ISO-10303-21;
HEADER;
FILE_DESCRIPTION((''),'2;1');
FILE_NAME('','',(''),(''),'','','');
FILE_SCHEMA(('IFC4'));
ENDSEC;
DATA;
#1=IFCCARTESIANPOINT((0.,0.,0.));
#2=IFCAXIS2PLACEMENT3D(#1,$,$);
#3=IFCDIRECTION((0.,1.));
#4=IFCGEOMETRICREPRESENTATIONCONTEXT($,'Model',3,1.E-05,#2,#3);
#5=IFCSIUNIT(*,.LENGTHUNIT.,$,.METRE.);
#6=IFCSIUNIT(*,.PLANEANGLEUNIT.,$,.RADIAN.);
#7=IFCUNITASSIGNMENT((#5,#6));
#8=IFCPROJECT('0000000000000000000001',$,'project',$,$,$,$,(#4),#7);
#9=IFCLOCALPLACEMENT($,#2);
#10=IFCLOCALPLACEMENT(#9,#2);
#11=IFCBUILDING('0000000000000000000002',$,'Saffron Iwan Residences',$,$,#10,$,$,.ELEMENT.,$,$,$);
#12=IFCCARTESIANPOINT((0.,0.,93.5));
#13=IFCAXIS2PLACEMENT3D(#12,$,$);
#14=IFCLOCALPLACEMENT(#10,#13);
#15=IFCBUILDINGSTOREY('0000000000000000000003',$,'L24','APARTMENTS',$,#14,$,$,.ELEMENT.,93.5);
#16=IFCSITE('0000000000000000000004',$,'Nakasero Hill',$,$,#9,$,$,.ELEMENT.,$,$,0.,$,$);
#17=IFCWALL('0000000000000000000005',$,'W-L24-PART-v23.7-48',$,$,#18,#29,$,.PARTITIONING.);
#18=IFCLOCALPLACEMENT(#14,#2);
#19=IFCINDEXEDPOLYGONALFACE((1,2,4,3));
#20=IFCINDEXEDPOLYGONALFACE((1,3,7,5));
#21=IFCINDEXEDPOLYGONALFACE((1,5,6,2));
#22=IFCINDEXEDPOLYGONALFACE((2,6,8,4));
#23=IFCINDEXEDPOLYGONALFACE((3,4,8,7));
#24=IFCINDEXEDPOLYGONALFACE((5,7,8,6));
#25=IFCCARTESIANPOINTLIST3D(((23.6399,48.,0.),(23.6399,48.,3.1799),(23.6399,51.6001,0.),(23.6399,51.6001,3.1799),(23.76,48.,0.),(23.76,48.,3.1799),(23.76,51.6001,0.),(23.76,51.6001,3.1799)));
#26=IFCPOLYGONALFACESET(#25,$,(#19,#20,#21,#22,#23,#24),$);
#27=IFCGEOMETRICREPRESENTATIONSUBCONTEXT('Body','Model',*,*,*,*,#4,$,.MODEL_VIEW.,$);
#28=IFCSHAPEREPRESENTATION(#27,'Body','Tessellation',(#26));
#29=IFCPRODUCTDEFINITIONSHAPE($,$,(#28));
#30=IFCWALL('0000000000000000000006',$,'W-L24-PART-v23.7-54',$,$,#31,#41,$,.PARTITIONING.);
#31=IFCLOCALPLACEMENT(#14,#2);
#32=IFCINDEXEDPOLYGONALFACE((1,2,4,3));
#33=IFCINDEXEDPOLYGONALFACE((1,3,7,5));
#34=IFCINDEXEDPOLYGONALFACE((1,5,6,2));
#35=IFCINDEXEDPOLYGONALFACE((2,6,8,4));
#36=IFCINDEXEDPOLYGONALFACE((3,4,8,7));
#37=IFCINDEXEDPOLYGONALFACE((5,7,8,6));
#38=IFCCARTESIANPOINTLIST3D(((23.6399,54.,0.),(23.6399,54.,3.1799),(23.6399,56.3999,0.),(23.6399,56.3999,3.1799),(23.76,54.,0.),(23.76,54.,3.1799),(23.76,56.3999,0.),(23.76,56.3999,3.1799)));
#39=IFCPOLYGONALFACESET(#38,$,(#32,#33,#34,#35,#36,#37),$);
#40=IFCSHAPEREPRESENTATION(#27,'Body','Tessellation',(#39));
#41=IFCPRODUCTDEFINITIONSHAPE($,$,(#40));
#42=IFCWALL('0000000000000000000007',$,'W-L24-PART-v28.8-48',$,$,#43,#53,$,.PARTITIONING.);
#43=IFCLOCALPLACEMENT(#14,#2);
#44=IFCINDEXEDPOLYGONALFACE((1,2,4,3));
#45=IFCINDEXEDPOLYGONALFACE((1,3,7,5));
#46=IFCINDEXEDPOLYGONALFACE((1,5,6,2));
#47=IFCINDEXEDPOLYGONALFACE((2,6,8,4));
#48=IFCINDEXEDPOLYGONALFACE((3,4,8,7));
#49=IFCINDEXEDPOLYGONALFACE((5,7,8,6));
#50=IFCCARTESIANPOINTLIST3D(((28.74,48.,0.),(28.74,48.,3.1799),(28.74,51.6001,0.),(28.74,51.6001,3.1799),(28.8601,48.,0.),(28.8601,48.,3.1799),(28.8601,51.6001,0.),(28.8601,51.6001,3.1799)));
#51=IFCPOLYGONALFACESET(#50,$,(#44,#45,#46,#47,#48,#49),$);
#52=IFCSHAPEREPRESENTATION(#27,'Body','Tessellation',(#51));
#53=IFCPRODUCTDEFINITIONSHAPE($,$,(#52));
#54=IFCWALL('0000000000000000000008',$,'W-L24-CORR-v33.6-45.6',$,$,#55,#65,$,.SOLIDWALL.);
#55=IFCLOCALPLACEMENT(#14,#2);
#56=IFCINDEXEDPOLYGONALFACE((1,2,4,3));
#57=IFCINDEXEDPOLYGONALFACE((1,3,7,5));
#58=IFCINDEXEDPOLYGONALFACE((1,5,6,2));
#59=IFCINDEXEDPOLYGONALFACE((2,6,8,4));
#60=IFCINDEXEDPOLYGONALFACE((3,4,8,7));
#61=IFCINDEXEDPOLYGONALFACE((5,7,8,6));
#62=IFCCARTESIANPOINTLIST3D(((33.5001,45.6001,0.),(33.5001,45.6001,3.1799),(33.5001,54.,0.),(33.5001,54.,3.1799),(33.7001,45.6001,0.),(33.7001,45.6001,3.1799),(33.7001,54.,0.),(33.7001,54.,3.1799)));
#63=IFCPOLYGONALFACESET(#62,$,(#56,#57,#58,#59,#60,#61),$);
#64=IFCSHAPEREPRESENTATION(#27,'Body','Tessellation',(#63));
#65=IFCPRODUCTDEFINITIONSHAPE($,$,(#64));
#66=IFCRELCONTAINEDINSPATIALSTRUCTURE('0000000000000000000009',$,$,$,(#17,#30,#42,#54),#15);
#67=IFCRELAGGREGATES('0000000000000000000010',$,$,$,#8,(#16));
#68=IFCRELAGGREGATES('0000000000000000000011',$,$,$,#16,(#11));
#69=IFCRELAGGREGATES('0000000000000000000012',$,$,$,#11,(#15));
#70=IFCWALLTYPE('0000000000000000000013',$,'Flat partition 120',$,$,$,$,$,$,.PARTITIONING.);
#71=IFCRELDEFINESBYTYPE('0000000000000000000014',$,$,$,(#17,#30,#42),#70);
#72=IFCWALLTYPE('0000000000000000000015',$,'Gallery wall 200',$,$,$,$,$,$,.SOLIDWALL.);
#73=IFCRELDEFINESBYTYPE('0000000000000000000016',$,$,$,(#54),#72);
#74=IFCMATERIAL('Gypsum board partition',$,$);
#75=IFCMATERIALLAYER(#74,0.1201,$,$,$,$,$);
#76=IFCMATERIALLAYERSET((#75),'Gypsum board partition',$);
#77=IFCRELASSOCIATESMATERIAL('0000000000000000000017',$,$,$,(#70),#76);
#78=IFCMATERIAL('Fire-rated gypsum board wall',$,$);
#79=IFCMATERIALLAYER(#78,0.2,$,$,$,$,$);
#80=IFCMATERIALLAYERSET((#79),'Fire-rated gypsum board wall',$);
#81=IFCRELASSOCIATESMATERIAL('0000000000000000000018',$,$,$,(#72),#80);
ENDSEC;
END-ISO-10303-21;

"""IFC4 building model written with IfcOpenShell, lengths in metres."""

from ifc_helpers import new_model, si_unit, direction, frame, frame_2d, origin, place, context, subcontext, project, spatial, rectangle, extrude, material, layer, layer_set, type_object, element, save


model = new_model("IFC4")

# Units and contexts
model_context = context("Model", 3, precision=1e-05, world=origin(), true_north=direction((0.0, 1.0)))
body_context = subcontext(model_context, "Body", "Model", "MODEL_VIEW")
ifc_project = project(units=[si_unit("LENGTHUNIT", "METRE"), si_unit("PLANEANGLEUNIT", "RADIAN")], contexts=[model_context])

# Site, building, storey
site_placement = place(None, origin())
site = spatial("IfcSite", under=ifc_project, at=site_placement, Name="Nakasero Hill", CompositionType="ELEMENT", RefElevation=0.0)
building_placement = place(site_placement, origin())
building = spatial("IfcBuilding", under=site, at=building_placement, Name="Saffron Iwan Residences", CompositionType="ELEMENT")
storey_placement = place(building_placement, frame((0.0, 0.0, 93.5)))
storey = spatial("IfcBuildingStorey", under=building, at=storey_placement, Name="L24", Description="APARTMENTS", CompositionType="ELEMENT", Elevation=93.5)

# Shared definitions
ifc_material_1 = material(Name="Gypsum board partition")
ifc_layer_1 = layer(ifc_material_1, 0.1201)
ifc_layer_set_1 = layer_set([ifc_layer_1], Name="Gypsum board partition")
wall_type_1 = type_object("IfcWallType", Name="Flat partition 120", PredefinedType="PARTITIONING", material=ifc_layer_set_1)

# Walls
wall_1_placement = place(storey_placement, frame((23.7, 48.0, 0.0), z_axis=(0.0, 0.0, 1.0), x_axis=(0.0, 1.0, 0.0)))
element("IfcWall", 1, at=wall_1_placement, inside=storey, type_object=wall_type_1, Name="W-L24-PART-v23.7-48", PredefinedType="PARTITIONING", context=body_context, shape_type="SweptSolid", body=[
    extrude(rectangle(XDim=3.6001, YDim=0.1201, at=frame_2d((1.8, 0.0))), origin(), (0.0, 0.0, 1.0), 3.1799),
])
wall_2_placement = place(storey_placement, frame((23.7, 54.0, 0.0), z_axis=(0.0, 0.0, 1.0), x_axis=(0.0, 1.0, 0.0)))
element("IfcWall", 2, at=wall_2_placement, inside=storey, type_object=wall_type_1, Name="W-L24-PART-v23.7-54", PredefinedType="PARTITIONING", context=body_context, shape_type="SweptSolid", body=[
    extrude(rectangle(XDim=2.3999, YDim=0.1201, at=frame_2d((1.2, 0.0))), origin(), (0.0, 0.0, 1.0), 3.1799),
])
wall_3_placement = place(storey_placement, frame((28.8, 48.0, 0.0), z_axis=(0.0, 0.0, 1.0), x_axis=(0.0, 1.0, 0.0)))
element("IfcWall", 3, at=wall_3_placement, inside=storey, type_object=wall_type_1, Name="W-L24-PART-v28.8-48", PredefinedType="PARTITIONING", context=body_context, shape_type="SweptSolid", body=[
    extrude(rectangle(XDim=3.6001, YDim=0.1201, at=frame_2d((1.8, 0.0))), origin(), (0.0, 0.0, 1.0), 3.1799),
])
ifc_material_2 = material(Name="Fire-rated gypsum board wall")
ifc_layer_2 = layer(ifc_material_2, 0.2)
ifc_layer_set_2 = layer_set([ifc_layer_2], Name="Fire-rated gypsum board wall")
wall_type_2 = type_object("IfcWallType", Name="Gallery wall 200", PredefinedType="SOLIDWALL", material=ifc_layer_set_2)
wall_4_placement = place(storey_placement, frame((33.6001, 45.6001, 0.0), z_axis=(0.0, 0.0, 1.0), x_axis=(0.0, 1.0, 0.0)))
element("IfcWall", 4, at=wall_4_placement, inside=storey, type_object=wall_type_2, Name="W-L24-CORR-v33.6-45.6", PredefinedType="SOLIDWALL", context=body_context, shape_type="SweptSolid", body=[
    extrude(rectangle(XDim=8.3999, YDim=0.2, at=frame_2d((4.2, 0.0))), origin(), (0.0, 0.0, 1.0), 3.1799),
])

save(model, "model.ifc")
